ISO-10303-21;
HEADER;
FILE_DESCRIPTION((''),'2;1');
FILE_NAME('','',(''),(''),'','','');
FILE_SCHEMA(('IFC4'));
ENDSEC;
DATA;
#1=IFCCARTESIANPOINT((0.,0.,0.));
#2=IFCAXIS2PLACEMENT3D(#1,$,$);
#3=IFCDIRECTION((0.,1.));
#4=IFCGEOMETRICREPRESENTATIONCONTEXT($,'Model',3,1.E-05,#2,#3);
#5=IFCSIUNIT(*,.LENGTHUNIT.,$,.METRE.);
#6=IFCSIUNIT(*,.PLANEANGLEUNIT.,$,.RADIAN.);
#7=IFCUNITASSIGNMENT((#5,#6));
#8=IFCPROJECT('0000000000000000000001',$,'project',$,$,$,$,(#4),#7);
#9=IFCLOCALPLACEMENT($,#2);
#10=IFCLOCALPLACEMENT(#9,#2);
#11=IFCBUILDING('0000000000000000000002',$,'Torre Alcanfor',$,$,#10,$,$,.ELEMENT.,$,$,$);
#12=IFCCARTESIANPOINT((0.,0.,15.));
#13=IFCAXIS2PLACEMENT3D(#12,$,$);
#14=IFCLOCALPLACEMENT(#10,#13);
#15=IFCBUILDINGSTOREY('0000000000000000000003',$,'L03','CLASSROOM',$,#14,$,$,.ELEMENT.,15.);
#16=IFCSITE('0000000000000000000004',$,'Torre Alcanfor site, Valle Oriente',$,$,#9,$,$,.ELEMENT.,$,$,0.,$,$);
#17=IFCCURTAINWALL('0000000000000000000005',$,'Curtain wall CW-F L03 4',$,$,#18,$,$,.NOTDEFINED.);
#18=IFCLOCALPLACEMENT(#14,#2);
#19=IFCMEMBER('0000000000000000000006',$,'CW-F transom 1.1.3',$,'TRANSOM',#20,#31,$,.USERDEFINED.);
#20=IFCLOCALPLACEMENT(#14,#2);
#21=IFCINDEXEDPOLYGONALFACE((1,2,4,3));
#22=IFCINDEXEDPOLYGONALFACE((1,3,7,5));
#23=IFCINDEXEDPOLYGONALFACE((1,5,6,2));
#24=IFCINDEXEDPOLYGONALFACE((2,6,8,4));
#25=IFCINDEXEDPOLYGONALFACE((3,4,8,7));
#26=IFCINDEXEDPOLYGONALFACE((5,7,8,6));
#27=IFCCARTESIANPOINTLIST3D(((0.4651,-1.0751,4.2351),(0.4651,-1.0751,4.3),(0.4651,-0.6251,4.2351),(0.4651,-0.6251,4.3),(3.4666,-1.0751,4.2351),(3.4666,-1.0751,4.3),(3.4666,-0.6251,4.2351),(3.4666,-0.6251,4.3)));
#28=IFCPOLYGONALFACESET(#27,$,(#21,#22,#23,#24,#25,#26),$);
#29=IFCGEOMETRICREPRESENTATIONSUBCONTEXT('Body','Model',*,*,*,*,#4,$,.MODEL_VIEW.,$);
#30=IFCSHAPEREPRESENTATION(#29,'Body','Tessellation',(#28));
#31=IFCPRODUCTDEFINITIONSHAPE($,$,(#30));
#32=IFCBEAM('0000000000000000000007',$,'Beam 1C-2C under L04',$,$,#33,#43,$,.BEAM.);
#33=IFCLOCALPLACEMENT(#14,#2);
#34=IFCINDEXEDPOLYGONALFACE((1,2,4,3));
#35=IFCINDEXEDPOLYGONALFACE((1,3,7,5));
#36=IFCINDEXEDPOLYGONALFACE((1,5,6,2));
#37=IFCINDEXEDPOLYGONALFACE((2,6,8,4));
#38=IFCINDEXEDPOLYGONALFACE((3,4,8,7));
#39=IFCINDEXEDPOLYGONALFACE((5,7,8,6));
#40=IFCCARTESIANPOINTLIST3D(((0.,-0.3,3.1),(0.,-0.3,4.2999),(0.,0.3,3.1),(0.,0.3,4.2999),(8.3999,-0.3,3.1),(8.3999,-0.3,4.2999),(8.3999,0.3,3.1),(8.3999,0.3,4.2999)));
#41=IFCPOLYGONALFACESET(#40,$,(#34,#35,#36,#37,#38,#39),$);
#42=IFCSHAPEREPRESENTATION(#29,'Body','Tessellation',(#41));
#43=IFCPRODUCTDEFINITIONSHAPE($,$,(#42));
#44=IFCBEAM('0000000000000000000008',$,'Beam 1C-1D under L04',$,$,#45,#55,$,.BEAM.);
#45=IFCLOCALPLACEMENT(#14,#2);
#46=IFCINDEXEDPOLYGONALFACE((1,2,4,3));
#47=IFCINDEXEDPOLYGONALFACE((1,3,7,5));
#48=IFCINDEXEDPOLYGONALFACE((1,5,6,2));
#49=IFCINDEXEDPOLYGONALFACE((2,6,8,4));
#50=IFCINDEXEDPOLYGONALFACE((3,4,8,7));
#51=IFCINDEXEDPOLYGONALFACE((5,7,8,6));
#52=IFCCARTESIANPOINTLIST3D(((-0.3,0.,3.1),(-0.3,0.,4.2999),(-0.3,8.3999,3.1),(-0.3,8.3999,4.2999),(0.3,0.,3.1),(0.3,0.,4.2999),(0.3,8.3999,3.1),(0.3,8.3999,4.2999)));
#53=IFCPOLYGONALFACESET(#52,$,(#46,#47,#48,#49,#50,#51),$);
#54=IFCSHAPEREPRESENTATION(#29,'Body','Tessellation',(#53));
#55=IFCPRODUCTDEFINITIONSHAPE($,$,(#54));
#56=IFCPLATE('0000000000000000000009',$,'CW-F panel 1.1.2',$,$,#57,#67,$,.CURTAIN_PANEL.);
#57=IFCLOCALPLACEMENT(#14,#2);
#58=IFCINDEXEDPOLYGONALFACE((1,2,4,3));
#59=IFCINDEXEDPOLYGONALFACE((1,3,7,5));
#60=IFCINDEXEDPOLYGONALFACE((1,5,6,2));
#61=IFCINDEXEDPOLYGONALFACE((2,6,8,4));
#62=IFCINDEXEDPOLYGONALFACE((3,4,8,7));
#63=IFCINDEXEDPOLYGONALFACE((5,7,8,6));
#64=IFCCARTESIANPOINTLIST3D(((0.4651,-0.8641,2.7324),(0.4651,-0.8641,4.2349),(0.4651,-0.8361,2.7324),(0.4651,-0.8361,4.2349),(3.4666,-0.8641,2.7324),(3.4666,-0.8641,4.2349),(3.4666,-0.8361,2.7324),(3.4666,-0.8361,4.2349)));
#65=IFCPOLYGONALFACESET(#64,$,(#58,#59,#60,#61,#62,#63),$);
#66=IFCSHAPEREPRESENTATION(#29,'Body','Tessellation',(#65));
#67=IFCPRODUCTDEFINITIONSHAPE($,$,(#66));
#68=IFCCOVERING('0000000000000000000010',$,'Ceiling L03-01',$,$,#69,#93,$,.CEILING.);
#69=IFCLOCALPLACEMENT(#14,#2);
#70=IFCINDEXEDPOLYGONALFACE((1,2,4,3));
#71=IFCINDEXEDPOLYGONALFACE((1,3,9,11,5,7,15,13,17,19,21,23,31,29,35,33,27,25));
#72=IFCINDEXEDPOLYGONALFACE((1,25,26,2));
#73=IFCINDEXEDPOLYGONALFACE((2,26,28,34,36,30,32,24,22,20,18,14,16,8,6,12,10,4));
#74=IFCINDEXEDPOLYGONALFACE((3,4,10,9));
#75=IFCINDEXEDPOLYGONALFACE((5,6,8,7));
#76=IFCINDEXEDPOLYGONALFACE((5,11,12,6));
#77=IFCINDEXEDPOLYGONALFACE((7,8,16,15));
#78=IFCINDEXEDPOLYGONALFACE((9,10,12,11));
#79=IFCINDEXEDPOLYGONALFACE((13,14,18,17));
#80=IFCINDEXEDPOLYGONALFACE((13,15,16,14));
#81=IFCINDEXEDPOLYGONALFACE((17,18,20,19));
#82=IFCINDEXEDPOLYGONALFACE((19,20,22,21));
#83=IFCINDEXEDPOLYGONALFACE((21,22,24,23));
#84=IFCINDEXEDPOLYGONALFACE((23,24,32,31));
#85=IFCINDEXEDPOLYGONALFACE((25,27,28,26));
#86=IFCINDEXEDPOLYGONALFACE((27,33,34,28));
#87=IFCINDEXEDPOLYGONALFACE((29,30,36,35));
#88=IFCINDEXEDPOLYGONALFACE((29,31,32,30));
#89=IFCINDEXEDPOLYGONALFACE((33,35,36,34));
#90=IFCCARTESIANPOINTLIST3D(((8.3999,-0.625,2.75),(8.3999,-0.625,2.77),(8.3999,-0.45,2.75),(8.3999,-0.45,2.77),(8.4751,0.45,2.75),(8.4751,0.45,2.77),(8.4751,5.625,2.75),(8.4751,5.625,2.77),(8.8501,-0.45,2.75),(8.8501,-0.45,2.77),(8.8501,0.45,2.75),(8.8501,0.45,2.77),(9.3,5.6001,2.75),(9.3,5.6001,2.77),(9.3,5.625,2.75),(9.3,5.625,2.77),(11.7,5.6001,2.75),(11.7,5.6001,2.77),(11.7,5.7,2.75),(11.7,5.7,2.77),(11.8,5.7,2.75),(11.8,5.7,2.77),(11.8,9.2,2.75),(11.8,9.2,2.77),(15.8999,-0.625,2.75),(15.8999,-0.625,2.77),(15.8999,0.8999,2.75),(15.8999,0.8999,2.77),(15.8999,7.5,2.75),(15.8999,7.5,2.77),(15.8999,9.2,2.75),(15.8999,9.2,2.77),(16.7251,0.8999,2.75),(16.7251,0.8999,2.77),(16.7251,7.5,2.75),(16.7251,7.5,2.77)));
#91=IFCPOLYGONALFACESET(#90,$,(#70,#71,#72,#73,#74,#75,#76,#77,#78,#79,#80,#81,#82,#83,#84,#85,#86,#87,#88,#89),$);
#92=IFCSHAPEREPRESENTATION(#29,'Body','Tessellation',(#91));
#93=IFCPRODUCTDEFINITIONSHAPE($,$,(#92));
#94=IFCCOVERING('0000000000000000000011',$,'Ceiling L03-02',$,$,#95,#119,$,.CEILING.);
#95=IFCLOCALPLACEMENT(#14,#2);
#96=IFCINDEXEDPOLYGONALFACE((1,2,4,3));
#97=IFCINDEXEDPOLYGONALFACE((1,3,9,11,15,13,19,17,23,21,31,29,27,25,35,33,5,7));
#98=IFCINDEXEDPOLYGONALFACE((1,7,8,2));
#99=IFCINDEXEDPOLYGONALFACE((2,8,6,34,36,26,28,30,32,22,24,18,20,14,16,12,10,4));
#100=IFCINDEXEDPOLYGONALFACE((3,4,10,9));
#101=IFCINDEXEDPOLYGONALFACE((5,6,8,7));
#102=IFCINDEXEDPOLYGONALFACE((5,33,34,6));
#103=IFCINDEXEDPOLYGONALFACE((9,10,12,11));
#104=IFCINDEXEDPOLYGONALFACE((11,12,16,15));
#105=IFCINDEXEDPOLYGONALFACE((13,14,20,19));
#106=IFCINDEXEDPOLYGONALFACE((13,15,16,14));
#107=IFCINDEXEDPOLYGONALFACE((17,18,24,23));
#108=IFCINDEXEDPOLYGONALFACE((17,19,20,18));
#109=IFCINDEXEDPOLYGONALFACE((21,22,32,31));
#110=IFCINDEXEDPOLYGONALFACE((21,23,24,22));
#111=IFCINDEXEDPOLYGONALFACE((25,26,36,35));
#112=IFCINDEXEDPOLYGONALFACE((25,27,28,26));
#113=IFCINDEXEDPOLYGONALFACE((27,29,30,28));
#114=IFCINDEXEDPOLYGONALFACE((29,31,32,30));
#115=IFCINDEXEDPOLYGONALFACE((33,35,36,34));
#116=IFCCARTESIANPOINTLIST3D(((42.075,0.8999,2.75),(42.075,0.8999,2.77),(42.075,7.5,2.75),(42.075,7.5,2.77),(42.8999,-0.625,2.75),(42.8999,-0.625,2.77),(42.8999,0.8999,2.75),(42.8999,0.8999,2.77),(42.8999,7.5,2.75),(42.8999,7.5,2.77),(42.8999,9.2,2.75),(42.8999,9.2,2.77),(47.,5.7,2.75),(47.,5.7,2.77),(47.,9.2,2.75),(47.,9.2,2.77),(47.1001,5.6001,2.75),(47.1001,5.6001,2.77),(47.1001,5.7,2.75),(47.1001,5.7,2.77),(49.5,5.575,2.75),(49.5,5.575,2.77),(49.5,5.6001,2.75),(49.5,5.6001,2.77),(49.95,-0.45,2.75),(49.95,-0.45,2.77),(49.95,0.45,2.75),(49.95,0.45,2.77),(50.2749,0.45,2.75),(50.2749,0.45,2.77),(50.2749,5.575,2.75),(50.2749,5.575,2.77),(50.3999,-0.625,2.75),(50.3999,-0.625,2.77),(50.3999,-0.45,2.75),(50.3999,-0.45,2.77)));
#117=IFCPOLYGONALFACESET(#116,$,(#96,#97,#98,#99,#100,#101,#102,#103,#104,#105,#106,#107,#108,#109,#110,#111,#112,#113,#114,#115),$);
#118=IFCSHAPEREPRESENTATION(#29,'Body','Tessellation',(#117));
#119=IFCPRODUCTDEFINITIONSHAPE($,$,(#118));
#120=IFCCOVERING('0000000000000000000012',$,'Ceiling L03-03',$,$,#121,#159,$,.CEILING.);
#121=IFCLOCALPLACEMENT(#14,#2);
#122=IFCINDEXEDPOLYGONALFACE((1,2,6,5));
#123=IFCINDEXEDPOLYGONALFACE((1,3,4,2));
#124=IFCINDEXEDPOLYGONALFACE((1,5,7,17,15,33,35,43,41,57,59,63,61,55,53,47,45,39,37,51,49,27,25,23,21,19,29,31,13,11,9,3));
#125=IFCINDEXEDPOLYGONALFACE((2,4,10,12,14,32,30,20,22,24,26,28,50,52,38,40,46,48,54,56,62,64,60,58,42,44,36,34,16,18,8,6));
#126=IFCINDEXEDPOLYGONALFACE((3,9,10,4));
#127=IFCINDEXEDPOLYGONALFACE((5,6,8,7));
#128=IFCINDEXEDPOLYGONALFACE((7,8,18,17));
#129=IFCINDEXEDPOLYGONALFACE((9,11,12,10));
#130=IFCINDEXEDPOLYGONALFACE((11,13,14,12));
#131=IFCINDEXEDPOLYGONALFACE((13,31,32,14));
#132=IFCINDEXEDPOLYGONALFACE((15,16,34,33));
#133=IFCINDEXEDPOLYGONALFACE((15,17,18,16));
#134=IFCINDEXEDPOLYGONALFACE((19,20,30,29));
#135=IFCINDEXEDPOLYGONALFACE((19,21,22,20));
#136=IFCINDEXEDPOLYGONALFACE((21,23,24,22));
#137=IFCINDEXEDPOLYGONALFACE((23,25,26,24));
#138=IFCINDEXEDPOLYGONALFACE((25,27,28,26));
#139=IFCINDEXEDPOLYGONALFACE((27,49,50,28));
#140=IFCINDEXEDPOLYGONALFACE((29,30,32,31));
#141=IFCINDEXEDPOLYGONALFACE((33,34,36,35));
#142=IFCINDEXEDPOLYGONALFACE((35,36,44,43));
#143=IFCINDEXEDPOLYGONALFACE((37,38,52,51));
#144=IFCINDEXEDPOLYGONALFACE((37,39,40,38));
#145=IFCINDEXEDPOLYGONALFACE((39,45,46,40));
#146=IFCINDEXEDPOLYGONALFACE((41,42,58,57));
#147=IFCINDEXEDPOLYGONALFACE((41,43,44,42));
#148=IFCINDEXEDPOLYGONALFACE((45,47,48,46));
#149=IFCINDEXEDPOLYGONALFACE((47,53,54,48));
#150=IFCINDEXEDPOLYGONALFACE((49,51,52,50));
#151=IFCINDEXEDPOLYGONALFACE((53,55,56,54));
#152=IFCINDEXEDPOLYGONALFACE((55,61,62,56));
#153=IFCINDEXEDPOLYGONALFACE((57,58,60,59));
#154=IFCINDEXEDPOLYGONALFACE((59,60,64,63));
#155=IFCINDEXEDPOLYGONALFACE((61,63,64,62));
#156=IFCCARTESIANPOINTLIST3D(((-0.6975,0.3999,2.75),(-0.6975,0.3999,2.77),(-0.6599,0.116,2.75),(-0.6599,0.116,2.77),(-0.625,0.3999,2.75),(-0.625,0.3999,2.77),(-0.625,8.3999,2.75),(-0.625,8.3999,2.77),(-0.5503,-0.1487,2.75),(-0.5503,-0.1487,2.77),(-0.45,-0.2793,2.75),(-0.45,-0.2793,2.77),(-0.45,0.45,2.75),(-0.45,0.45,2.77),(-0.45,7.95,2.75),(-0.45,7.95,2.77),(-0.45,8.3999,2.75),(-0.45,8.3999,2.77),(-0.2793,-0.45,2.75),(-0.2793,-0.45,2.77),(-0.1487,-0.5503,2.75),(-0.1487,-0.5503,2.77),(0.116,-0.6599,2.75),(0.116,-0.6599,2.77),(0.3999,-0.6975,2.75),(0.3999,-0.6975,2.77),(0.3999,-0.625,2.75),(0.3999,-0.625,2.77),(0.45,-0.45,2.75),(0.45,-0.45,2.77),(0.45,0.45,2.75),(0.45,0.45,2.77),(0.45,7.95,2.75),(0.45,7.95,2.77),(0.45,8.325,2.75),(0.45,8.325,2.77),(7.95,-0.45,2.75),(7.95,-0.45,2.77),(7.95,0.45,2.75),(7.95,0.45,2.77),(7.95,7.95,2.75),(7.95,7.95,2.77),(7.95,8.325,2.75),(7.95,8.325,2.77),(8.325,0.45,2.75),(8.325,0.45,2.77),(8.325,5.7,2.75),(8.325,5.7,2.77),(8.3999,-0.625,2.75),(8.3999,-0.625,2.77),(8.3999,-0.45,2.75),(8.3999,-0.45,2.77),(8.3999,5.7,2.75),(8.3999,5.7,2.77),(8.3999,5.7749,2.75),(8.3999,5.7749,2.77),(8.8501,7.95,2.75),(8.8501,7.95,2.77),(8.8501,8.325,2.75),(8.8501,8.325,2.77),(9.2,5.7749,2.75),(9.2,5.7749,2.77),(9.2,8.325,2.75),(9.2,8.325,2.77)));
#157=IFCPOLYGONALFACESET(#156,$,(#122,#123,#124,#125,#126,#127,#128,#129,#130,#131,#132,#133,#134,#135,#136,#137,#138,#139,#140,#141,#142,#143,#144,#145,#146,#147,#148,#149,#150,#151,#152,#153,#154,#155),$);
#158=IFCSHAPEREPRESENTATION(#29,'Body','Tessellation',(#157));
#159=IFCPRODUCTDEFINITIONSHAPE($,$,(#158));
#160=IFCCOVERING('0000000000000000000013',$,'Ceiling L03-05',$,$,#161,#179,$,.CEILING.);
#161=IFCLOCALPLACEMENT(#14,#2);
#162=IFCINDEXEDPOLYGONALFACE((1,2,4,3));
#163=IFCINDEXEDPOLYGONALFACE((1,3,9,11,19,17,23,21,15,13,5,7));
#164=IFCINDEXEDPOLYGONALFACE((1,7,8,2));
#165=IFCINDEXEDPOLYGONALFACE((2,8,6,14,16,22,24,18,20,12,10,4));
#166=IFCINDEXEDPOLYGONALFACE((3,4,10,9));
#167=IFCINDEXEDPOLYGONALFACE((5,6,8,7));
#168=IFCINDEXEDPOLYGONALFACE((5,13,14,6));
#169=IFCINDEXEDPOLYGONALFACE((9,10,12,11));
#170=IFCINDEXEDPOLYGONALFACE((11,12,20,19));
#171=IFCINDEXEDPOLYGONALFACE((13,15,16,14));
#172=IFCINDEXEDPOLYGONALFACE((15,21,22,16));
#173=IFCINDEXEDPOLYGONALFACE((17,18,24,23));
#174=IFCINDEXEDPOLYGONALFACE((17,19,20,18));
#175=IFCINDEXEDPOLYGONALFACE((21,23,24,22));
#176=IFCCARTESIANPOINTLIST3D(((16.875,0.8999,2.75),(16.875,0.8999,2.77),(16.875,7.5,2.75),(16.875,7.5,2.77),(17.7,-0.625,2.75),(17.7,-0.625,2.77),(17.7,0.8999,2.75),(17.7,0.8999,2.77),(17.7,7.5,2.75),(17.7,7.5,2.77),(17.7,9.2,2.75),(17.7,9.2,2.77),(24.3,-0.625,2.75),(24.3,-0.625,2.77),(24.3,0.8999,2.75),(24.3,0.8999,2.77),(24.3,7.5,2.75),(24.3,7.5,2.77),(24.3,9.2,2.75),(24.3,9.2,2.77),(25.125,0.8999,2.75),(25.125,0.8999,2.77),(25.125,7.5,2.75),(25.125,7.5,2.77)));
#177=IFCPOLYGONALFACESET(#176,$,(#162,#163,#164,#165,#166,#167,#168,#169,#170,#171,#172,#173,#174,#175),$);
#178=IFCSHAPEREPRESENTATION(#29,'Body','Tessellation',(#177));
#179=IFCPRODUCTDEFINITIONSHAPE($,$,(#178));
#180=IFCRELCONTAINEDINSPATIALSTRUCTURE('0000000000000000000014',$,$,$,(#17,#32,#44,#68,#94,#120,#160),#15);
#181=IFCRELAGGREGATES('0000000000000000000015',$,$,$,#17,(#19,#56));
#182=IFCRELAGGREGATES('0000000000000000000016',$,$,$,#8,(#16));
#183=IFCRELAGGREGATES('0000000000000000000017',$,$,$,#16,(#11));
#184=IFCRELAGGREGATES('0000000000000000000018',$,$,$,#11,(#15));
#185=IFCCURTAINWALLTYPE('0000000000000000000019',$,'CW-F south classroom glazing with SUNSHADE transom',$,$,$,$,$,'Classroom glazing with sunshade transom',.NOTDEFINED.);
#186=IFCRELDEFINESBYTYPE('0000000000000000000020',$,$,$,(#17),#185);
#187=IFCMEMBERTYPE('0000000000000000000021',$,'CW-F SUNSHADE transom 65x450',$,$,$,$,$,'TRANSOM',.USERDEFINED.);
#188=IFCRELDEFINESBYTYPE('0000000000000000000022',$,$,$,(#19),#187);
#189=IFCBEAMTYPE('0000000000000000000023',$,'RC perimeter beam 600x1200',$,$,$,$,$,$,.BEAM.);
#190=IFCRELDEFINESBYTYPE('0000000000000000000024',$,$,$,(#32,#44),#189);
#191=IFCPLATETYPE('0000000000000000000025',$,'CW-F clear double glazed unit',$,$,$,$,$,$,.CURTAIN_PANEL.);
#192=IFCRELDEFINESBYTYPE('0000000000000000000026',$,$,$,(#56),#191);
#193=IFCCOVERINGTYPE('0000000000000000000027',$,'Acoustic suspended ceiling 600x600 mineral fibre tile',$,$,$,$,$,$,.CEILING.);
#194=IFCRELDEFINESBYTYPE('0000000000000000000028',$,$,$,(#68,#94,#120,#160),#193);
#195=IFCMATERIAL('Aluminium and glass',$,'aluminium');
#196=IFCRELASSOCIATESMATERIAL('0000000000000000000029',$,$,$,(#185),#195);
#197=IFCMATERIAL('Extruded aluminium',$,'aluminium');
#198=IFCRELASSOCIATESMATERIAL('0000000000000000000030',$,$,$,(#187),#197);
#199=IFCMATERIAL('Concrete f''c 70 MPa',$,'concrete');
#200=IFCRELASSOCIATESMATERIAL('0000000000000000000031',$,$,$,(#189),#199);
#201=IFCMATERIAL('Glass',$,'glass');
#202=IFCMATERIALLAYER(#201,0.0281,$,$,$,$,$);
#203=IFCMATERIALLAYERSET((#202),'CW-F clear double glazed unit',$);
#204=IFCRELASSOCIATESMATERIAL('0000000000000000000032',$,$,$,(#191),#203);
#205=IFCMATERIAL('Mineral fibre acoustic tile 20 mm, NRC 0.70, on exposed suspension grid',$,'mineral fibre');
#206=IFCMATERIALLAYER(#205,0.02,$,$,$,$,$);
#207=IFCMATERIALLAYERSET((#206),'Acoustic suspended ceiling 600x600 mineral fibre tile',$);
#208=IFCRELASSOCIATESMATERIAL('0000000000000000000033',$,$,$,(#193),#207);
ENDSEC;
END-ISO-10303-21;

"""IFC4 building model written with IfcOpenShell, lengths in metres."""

from ifc_helpers import new_model, si_unit, direction, frame, origin, origin_2d, place, context, subcontext, project, spatial, polyline, rectangle, outline, extrude, material, layer, layer_set, material_profile, profile_set, type_object, element, aggregate, save


model = new_model("IFC4")

# Units and contexts
model_context = context("Model", 3, precision=1e-05, world=origin(), true_north=direction((0.0, 1.0)))
body_context = subcontext(model_context, "Body", "Model", "MODEL_VIEW")
ifc_project = project(units=[si_unit("LENGTHUNIT", "METRE"), si_unit("PLANEANGLEUNIT", "RADIAN")], contexts=[model_context])

# Site, building, storey
site_placement = place(None, origin())
site = spatial("IfcSite", under=ifc_project, at=site_placement, Name="Torre Alcanfor site, Valle Oriente", CompositionType="ELEMENT", RefElevation=0.0)
building_placement = place(site_placement, origin())
building = spatial("IfcBuilding", under=site, at=building_placement, Name="Torre Alcanfor", CompositionType="ELEMENT")
storey_placement = place(building_placement, frame((0.0, 0.0, 15.0)))
storey = spatial("IfcBuildingStorey", under=building, at=storey_placement, Name="L03", Description="CLASSROOM", CompositionType="ELEMENT", Elevation=15.0)

# Curtain wall, member
ifc_material_1 = material(Name="Aluminium and glass", Category="aluminium")
curtain_wall_type = type_object("IfcCurtainWallType", Name="CW-F south classroom glazing with SUNSHADE transom", ElementType="Classroom glazing with sunshade transom", PredefinedType="NOTDEFINED", material=ifc_material_1)
curtain_wall_placement = place(storey_placement, origin())
curtain_wall = element("IfcCurtainWall", 1, at=curtain_wall_placement, inside=storey, type_object=curtain_wall_type, Name="Curtain wall CW-F L03 4", PredefinedType="NOTDEFINED")
ifc_material_2 = material(Name="Extruded aluminium", Category="aluminium")
ifc_material_profile_1 = material_profile(ifc_material_2, rectangle(XDim=0.45, YDim=0.0649, at=origin_2d()), Name="CW-F transom 450x65")
ifc_profile_set_1 = profile_set([ifc_material_profile_1], Name="Extruded aluminium")
member_type = type_object("IfcMemberType", Name="CW-F SUNSHADE transom 65x450", ElementType="TRANSOM", PredefinedType="USERDEFINED", material=ifc_profile_set_1)
member_placement = place(storey_placement, frame((0.4651, -0.8501, 4.2676), z_axis=(1.0, 0.0, 0.0), x_axis=(0.0, 1.0, 0.0)))
member = element("IfcMember", 2, at=member_placement, type_object=member_type, Name="CW-F transom 1.1.3", ObjectType="TRANSOM", PredefinedType="USERDEFINED", context=body_context, shape_type="SweptSolid", body=[
    extrude(rectangle(XDim=0.45, YDim=0.0649, at=origin_2d()), origin(), (0.0, 0.0, 1.0), 3.0015),
])

# Beams
ifc_material_3 = material(Name="Concrete f'c 70 MPa", Category="concrete")
ifc_material_profile_2 = material_profile(ifc_material_3, rectangle(XDim=0.6001, YDim=1.2, at=origin_2d()), Name="600x1200")
ifc_profile_set_2 = profile_set([ifc_material_profile_2], Name="Concrete f'c 70 MPa")
beam_type = type_object("IfcBeamType", Name="RC perimeter beam 600x1200", PredefinedType="BEAM", material=ifc_profile_set_2)
for number, where, z_axis, x_axis, name in (
    (3, (0.0, 0.0, 3.7), (1.0, 0.0, 0.0), (0.0, 1.0, 0.0), "Beam 1C-2C under L04"),
    (4, (0.0, 0.0, 3.7), (0.0, 1.0, 0.0), (-1.0, 0.0, 0.0), "Beam 1C-1D under L04"),
):
    element("IfcBeam", number, at=place(storey_placement, frame(where, z_axis=z_axis, x_axis=x_axis)), inside=storey, type_object=beam_type, Name=name, PredefinedType="BEAM", context=body_context, shape_type="SweptSolid", body=[
        extrude(rectangle(XDim=0.6001, YDim=1.2, at=origin_2d()), origin(), (0.0, 0.0, 1.0), 8.3999),
    ])

# Plate
ifc_material_4 = material(Name="Glass", Category="glass")
ifc_layer_1 = layer(ifc_material_4, 0.0281)
ifc_layer_set_1 = layer_set([ifc_layer_1], Name="CW-F clear double glazed unit")
plate_type = type_object("IfcPlateType", Name="CW-F clear double glazed unit", PredefinedType="CURTAIN_PANEL", material=ifc_layer_set_1)
plate_placement = place(storey_placement, frame((1.9658, -0.8501, 2.7324), z_axis=(0.0, 0.0, 1.0), x_axis=(1.0, 0.0, 0.0)))
plate = element("IfcPlate", 5, at=plate_placement, type_object=plate_type, Name="CW-F panel 1.1.2", PredefinedType="CURTAIN_PANEL", context=body_context, shape_type="SweptSolid", body=[
    extrude(rectangle(XDim=3.0015, YDim=0.0281, at=origin_2d()), origin(), (0.0, 0.0, 1.0), 1.5024),
])
aggregate(curtain_wall, [member, plate])

# Coverings
ifc_material_5 = material(Name="Mineral fibre acoustic tile 20 mm, NRC 0.70, on exposed suspension grid", Category="mineral fibre")
ifc_layer_2 = layer(ifc_material_5, 0.02)
ifc_layer_set_2 = layer_set([ifc_layer_2], Name="Acoustic suspended ceiling 600x600 mineral fibre tile")
covering_type = type_object("IfcCoveringType", Name="Acoustic suspended ceiling 600x600 mineral fibre tile", PredefinedType="CEILING", material=ifc_layer_set_2)
covering_1_placement = place(storey_placement, frame((0.0, 0.0, 2.75)))
element("IfcCovering", 6, at=covering_1_placement, inside=storey, type_object=covering_type, Name="Ceiling L03-01", PredefinedType="CEILING", context=body_context, shape_type="SweptSolid", body=[
    extrude(outline(polyline([(8.8501, -0.45), (8.3999, -0.45), (8.3999, -0.625), (15.8999, -0.625), (15.8999, 0.8999), (16.7251, 0.8999), (16.7251, 7.5), (15.8999, 7.5), (15.8999, 9.2), (11.8, 9.2), (11.8, 5.7), (11.7, 5.7), (11.7, 5.6001), (9.3, 5.6001), (9.3, 5.625), (8.4751, 5.625), (8.4751, 0.45), (8.8501, 0.45), (8.8501, -0.45)])), origin(), (0.0, 0.0, 1.0), 0.02),
])
covering_2_placement = place(storey_placement, frame((0.0, 0.0, 2.75)))
element("IfcCovering", 7, at=covering_2_placement, inside=storey, type_object=covering_type, Name="Ceiling L03-02", PredefinedType="CEILING", context=body_context, shape_type="SweptSolid", body=[
    extrude(outline(polyline([(49.95, -0.45), (49.95, 0.45), (50.2749, 0.45), (50.2749, 5.575), (49.5, 5.575), (49.5, 5.6001), (47.1001, 5.6001), (47.1001, 5.7), (47.0, 5.7), (47.0, 9.2), (42.8999, 9.2), (42.8999, 7.5), (42.075, 7.5), (42.075, 0.8999), (42.8999, 0.8999), (42.8999, -0.625), (50.3999, -0.625), (50.3999, -0.45), (49.95, -0.45)])), origin(), (0.0, 0.0, 1.0), 0.02),
])
covering_3_placement = place(storey_placement, frame((0.0, 0.0, 2.75)))
element("IfcCovering", 8, at=covering_3_placement, inside=storey, type_object=covering_type, Name="Ceiling L03-03", PredefinedType="CEILING", context=body_context, shape_type="SweptSolid", body=[
    extrude(outline(polyline([(-0.6599, 0.116), (-0.5503, -0.1487), (-0.45, -0.2793), (-0.45, 0.45), (0.45, 0.45), (0.45, -0.45), (-0.2793, -0.45), (-0.1487, -0.5503), (0.116, -0.6599), (0.3999, -0.6975), (0.3999, -0.625), (8.3999, -0.625), (8.3999, -0.45), (7.95, -0.45), (7.95, 0.45), (8.325, 0.45), (8.325, 5.7), (8.3999, 5.7), (8.3999, 5.7749), (9.2, 5.7749), (9.2, 8.325), (8.8501, 8.325), (8.8501, 7.95), (7.95, 7.95), (7.95, 8.325), (0.45, 8.325), (0.45, 7.95), (-0.45, 7.95), (-0.45, 8.3999), (-0.625, 8.3999), (-0.625, 0.3999), (-0.6975, 0.3999), (-0.6599, 0.116)])), origin(), (0.0, 0.0, 1.0), 0.02),
])
covering_4_placement = place(storey_placement, frame((0.0, 0.0, 2.75)))
element("IfcCovering", 9, at=covering_4_placement, inside=storey, type_object=covering_type, Name="Ceiling L03-05", PredefinedType="CEILING", context=body_context, shape_type="SweptSolid", body=[
    extrude(outline(polyline([(25.125, 7.5), (24.3, 7.5), (24.3, 9.2), (17.7, 9.2), (17.7, 7.5), (16.875, 7.5), (16.875, 0.8999), (17.7, 0.8999), (17.7, -0.625), (24.3, -0.625), (24.3, 0.8999), (25.125, 0.8999), (25.125, 7.5)])), origin(), (0.0, 0.0, 1.0), 0.02),
])

save(model, "model.ifc")
